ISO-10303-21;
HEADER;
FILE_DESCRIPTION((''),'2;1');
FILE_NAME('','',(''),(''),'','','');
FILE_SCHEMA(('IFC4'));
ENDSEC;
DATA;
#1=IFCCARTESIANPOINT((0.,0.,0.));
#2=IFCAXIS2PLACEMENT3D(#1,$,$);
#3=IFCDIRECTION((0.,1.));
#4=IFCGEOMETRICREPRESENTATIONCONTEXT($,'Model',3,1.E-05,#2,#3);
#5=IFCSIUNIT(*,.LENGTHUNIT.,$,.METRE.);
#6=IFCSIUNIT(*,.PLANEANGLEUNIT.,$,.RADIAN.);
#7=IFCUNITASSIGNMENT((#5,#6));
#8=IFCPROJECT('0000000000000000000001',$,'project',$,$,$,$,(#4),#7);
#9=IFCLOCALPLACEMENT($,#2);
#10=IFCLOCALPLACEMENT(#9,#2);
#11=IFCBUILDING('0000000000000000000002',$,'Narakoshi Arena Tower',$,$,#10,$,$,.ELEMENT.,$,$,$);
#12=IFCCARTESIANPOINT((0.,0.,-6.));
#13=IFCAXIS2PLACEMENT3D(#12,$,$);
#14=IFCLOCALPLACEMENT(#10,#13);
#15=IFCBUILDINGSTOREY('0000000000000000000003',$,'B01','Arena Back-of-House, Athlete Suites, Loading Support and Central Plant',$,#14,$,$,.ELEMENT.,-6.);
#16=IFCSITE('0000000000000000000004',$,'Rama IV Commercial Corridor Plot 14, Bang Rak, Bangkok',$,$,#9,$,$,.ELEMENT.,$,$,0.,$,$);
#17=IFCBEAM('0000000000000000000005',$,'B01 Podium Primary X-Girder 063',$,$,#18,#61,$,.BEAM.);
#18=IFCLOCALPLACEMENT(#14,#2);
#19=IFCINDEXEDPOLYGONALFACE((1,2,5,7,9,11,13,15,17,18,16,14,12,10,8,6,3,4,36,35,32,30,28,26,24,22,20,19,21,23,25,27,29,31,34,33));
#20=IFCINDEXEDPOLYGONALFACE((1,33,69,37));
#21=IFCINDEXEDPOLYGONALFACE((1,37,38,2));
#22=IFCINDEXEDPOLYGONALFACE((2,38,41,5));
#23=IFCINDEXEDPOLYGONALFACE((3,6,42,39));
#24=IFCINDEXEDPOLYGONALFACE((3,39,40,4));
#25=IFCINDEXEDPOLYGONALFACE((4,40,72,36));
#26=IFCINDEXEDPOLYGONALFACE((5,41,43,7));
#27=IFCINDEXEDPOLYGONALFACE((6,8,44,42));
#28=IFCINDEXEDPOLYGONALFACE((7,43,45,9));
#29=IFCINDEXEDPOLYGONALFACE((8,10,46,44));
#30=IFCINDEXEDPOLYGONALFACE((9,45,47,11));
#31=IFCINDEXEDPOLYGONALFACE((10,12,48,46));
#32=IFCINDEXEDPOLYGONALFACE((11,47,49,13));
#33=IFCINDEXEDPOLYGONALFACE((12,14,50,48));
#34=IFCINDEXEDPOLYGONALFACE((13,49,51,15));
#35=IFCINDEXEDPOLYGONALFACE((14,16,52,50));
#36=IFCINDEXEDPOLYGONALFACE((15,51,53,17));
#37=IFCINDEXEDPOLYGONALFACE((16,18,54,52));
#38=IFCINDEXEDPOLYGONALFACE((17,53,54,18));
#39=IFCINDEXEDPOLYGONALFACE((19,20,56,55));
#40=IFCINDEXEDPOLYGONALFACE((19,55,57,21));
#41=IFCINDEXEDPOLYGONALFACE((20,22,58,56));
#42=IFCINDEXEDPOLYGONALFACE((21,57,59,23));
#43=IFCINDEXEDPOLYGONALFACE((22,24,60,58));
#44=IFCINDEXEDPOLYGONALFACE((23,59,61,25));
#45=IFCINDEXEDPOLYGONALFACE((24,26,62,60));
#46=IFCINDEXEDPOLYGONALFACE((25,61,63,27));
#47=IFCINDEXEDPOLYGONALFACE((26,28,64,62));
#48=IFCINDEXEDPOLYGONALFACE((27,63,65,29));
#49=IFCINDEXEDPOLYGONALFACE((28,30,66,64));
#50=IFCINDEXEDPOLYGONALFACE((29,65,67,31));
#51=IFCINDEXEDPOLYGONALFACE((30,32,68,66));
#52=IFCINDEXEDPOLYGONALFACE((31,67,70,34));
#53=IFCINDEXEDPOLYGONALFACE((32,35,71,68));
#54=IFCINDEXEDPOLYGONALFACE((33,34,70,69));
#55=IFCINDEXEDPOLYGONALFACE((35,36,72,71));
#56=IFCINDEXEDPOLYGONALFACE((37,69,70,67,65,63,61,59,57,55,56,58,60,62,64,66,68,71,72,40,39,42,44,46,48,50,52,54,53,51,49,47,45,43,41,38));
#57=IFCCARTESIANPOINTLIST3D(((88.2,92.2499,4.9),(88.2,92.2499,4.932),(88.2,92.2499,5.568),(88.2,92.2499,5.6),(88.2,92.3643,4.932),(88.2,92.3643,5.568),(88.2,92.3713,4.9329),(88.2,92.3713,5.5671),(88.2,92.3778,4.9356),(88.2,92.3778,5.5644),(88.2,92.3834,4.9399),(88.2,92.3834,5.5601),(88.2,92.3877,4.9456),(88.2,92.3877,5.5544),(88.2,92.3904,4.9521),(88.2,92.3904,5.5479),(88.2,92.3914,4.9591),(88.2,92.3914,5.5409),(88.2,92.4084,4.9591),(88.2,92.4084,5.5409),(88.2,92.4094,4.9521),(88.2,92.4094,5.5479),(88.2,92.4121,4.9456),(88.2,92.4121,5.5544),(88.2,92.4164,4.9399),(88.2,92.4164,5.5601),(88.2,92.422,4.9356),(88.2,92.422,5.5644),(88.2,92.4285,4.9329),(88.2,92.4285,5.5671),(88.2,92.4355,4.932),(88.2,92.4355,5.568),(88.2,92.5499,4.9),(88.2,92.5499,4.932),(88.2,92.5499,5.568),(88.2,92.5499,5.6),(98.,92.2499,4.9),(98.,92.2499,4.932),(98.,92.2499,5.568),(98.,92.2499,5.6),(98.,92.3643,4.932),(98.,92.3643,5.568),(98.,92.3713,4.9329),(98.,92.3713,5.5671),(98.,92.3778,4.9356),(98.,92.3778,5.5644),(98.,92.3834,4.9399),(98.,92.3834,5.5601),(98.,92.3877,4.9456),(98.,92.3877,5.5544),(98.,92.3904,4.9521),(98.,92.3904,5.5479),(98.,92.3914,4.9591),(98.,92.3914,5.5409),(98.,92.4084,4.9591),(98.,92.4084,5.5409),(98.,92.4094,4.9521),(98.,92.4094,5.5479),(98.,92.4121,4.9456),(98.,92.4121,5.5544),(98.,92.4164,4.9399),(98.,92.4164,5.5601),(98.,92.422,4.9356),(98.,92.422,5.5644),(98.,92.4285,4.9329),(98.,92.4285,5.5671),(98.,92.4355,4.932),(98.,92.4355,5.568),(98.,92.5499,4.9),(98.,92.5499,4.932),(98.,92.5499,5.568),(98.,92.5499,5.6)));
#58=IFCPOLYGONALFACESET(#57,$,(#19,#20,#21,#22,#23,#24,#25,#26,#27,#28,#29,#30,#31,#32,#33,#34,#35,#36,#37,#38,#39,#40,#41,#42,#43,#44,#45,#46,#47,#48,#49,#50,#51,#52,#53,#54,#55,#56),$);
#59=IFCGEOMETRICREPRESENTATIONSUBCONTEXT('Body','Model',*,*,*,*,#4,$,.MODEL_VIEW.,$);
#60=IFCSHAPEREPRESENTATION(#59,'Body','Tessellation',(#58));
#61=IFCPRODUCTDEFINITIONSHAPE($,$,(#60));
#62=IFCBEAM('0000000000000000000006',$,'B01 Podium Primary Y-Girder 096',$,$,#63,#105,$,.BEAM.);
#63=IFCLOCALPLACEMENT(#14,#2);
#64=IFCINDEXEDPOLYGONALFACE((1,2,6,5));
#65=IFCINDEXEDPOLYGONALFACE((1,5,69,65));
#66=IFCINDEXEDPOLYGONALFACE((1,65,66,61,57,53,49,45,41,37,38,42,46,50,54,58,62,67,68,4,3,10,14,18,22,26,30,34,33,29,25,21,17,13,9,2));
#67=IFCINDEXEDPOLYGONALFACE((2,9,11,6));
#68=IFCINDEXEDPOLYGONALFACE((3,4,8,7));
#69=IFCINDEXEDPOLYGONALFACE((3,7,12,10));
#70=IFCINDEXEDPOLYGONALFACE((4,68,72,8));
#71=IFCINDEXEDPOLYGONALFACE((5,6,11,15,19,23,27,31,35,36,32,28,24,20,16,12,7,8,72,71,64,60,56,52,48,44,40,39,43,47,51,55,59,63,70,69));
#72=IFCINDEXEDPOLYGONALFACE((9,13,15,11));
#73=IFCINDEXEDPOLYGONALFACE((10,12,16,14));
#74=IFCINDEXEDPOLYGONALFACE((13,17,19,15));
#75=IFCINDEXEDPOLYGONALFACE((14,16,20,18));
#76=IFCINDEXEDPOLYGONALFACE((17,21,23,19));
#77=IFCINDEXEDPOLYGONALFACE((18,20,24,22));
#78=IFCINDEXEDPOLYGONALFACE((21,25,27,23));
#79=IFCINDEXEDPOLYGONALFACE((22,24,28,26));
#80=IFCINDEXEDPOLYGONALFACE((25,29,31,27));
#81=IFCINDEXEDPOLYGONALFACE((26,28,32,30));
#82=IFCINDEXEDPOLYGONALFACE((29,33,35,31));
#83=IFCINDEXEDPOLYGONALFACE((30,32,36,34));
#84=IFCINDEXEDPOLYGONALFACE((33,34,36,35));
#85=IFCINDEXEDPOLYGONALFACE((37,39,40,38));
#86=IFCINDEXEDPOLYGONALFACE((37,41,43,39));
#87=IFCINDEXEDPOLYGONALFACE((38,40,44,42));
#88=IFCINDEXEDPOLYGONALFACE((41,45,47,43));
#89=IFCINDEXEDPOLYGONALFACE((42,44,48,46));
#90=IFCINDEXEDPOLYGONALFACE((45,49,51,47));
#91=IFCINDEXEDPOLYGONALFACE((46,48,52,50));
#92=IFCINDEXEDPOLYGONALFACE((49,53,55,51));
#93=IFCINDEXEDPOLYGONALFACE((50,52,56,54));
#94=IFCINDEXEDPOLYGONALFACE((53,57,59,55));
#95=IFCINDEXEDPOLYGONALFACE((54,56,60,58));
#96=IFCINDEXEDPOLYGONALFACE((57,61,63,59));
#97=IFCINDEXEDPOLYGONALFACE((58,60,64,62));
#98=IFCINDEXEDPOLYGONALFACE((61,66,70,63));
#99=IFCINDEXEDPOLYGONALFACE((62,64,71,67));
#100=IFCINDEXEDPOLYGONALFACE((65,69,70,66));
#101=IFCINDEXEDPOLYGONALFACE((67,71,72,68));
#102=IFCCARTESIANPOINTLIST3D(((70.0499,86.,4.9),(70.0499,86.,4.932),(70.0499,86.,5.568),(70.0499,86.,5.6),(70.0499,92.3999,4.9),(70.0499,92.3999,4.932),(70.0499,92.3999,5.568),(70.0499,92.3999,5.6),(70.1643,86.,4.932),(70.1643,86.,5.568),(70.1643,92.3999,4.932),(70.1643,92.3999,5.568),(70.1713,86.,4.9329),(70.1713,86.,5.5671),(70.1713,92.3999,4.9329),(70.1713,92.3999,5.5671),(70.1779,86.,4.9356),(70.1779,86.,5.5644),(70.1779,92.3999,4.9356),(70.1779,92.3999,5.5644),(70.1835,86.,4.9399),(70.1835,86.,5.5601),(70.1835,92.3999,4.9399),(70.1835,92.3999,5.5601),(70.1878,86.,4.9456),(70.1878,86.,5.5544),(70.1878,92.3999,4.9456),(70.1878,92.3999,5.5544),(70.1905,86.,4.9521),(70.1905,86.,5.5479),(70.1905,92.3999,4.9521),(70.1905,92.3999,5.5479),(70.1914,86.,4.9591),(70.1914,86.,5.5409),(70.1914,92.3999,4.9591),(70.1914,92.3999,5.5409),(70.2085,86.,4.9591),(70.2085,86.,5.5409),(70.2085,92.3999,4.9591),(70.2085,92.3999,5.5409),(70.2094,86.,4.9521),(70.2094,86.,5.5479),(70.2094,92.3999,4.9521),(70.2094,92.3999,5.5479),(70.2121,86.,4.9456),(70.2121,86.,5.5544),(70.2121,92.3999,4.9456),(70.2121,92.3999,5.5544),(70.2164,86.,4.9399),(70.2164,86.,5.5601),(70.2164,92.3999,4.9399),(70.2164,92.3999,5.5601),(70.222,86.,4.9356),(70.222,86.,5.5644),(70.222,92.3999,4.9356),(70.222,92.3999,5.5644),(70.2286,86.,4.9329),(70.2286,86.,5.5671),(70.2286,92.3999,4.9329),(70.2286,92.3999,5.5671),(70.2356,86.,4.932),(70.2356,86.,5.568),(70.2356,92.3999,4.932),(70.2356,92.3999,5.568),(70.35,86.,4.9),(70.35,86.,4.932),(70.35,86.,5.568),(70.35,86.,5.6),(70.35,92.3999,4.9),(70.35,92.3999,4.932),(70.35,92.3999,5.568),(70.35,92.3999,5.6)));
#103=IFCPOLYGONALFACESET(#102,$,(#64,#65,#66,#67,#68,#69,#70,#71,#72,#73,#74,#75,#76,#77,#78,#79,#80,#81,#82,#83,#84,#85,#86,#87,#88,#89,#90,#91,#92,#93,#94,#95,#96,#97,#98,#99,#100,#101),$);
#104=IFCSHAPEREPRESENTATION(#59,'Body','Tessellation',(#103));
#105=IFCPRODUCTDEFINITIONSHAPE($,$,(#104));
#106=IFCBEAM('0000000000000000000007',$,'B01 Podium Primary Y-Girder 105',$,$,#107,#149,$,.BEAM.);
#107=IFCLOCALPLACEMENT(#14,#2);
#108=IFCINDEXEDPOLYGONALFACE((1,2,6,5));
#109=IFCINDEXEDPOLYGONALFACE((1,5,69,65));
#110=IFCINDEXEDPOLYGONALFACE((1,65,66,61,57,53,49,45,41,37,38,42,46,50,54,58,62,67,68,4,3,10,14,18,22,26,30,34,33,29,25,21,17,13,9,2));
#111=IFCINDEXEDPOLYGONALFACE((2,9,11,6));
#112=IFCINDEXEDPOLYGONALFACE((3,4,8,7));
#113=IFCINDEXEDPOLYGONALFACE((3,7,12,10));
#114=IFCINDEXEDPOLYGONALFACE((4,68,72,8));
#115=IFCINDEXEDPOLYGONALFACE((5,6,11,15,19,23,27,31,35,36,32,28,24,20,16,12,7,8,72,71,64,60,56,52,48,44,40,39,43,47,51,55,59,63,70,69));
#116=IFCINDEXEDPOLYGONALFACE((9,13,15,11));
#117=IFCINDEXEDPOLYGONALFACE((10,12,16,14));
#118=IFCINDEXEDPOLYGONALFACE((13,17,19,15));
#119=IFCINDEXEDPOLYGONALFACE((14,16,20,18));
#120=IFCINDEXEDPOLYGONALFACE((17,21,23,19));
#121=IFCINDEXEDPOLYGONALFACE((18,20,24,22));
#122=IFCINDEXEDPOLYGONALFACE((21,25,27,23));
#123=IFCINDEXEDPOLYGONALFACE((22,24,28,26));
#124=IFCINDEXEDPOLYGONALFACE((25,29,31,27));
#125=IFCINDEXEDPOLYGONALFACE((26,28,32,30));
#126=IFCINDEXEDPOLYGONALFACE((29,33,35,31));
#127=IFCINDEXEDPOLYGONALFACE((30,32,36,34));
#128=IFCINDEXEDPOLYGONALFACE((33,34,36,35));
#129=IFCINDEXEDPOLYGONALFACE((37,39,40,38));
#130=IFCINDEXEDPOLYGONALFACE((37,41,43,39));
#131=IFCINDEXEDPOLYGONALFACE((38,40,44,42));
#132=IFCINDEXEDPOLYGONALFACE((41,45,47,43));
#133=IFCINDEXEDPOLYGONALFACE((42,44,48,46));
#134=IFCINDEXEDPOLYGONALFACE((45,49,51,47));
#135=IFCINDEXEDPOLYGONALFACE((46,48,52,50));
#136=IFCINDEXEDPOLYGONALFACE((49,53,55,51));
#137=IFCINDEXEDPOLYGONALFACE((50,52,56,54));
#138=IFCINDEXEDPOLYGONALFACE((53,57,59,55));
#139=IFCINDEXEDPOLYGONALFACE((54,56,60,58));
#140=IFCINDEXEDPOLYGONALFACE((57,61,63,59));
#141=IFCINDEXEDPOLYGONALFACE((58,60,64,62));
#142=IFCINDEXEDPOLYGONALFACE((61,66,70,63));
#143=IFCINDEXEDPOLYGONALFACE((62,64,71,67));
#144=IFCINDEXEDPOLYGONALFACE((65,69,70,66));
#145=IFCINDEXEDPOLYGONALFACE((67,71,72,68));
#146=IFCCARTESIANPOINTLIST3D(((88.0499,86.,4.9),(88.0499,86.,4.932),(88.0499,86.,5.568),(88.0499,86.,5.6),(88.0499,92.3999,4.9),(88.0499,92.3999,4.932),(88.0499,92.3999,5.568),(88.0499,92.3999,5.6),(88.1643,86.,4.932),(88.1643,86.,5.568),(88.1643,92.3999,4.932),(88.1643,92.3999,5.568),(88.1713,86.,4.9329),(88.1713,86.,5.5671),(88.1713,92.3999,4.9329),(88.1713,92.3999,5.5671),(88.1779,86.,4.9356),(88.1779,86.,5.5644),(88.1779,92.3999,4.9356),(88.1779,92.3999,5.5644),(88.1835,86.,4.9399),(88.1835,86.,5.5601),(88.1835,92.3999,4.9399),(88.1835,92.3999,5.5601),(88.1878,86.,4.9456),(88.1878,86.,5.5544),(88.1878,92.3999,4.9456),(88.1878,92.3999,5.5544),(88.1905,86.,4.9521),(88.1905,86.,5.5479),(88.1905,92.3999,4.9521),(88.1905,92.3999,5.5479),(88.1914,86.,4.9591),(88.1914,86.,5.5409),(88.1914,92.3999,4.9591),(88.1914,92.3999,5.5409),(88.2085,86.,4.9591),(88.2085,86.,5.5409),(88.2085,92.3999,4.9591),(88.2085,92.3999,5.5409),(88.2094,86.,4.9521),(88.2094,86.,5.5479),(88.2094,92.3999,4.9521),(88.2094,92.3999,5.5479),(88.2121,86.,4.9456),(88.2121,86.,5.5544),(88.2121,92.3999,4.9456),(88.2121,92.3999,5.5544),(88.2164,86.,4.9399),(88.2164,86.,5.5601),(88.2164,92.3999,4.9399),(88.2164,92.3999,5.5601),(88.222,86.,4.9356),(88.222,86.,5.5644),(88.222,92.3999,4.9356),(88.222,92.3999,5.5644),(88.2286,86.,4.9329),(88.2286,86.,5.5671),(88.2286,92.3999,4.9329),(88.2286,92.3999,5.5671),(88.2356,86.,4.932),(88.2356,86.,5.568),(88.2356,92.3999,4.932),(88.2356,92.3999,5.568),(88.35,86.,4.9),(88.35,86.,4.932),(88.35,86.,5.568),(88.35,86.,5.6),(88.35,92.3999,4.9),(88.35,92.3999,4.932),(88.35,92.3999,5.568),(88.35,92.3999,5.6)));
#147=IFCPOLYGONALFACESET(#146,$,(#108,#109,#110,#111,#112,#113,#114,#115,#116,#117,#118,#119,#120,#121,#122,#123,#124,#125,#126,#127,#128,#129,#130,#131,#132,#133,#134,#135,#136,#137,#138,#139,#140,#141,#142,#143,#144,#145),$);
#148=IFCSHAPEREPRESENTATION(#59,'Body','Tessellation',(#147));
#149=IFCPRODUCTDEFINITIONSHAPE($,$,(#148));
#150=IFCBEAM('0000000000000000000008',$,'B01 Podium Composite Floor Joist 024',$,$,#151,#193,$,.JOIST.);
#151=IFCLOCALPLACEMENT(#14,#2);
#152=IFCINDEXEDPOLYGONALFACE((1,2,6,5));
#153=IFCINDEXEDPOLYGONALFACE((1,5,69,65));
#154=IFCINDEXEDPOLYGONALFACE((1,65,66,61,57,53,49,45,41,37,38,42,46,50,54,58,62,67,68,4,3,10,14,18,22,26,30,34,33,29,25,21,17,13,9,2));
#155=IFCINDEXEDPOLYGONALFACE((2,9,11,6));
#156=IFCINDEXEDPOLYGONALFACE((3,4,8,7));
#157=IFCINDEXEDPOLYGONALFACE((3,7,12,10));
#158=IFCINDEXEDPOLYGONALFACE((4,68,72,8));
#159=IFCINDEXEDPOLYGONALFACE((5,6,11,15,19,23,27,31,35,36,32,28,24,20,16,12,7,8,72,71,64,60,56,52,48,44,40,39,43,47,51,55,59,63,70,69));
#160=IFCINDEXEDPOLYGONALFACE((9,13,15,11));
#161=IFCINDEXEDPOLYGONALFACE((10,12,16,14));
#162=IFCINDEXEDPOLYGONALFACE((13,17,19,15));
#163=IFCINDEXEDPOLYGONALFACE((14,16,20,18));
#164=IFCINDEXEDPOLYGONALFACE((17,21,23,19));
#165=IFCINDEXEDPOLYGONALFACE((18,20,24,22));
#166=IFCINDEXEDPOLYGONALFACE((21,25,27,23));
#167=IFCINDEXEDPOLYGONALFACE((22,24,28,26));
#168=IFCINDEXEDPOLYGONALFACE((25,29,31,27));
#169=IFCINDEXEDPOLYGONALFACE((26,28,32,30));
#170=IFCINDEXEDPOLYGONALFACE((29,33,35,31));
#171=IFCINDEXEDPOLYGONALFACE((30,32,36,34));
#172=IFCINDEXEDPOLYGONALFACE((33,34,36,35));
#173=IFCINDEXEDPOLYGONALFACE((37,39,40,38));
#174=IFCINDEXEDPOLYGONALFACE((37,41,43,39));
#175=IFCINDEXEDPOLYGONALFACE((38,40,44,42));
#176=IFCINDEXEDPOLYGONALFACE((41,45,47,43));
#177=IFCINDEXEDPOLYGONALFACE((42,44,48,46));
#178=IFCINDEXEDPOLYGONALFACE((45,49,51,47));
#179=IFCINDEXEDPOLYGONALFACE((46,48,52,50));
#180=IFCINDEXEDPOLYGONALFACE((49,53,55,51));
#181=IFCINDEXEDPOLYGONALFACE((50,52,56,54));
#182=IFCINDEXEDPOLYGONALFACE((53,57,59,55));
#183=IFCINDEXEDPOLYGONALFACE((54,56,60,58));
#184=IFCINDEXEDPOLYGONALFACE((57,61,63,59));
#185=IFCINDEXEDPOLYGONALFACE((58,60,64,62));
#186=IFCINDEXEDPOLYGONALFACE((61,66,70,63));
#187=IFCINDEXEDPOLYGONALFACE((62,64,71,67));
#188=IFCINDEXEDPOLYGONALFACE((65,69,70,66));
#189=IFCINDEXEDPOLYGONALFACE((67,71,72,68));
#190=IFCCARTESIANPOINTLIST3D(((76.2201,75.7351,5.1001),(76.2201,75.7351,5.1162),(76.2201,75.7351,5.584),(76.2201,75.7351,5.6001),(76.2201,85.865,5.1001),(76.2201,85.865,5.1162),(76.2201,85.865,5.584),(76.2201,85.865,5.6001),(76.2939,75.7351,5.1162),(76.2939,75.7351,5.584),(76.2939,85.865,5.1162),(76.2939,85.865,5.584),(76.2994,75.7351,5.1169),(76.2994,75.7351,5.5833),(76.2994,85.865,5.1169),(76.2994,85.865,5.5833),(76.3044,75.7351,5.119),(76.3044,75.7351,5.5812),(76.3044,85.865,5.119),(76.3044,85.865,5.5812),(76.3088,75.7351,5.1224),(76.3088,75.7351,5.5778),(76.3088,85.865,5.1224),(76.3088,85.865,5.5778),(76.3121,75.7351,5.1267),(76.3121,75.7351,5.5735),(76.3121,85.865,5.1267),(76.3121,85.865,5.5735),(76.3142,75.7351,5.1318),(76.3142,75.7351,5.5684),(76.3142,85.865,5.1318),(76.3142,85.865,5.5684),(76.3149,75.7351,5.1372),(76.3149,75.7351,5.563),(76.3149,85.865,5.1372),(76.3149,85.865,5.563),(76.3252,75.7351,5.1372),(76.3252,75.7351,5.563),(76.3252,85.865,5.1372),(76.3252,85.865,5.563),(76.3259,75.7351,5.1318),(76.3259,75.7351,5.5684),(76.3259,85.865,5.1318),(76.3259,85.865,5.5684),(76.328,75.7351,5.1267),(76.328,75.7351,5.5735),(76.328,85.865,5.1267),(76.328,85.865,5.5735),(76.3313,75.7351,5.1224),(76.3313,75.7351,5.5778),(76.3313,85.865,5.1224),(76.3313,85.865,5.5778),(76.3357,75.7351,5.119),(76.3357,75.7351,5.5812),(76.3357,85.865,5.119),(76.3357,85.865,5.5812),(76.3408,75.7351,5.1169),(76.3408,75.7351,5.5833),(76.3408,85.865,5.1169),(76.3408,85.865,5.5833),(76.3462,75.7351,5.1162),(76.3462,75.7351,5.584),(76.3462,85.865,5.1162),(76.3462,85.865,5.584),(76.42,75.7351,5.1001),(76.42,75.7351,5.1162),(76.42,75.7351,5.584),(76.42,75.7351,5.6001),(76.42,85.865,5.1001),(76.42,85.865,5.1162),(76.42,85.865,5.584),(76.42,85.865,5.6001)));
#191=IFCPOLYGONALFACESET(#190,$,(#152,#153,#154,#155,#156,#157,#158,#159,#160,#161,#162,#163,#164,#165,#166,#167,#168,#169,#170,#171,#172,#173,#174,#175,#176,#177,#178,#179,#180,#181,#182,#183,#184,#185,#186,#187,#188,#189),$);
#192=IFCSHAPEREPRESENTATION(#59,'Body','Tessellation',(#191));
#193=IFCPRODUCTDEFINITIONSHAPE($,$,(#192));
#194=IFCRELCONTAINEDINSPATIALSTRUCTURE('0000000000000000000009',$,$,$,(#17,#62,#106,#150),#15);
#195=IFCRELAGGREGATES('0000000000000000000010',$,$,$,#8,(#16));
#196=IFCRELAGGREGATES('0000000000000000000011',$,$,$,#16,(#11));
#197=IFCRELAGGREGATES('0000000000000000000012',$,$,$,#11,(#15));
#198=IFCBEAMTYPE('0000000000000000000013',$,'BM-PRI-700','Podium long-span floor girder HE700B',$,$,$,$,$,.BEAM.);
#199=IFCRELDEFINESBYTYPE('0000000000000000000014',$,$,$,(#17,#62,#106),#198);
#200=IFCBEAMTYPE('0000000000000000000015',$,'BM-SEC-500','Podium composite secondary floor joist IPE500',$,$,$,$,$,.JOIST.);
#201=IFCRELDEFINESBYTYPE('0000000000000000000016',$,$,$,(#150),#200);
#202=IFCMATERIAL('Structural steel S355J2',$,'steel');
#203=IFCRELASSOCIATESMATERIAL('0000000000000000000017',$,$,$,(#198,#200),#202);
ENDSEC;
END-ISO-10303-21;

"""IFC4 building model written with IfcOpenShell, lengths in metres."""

from ifc_helpers import new_model, si_unit, direction, frame, origin, origin_2d, place, context, subcontext, project, spatial, i_section, extrude, material, material_profile, profile_set, type_object, element, save


model = new_model("IFC4")

# Units and contexts
model_context = context("Model", 3, precision=1e-05, world=origin(), true_north=direction((0.0, 1.0)))
body_context = subcontext(model_context, "Body", "Model", "MODEL_VIEW")
ifc_project = project(units=[si_unit("LENGTHUNIT", "METRE"), si_unit("PLANEANGLEUNIT", "RADIAN")], contexts=[model_context])

# Site, building, storey
site_placement = place(None, origin())
site = spatial("IfcSite", under=ifc_project, at=site_placement, Name="Rama IV Commercial Corridor Plot 14, Bang Rak, Bangkok", CompositionType="ELEMENT", RefElevation=0.0)
building_placement = place(site_placement, origin())
building = spatial("IfcBuilding", under=site, at=building_placement, Name="Narakoshi Arena Tower", CompositionType="ELEMENT")
storey_placement = place(building_placement, frame((0.0, 0.0, -6.0)))
storey = spatial("IfcBuildingStorey", under=building, at=storey_placement, Name="B01", Description="Arena Back-of-House, Athlete Suites, Loading Support and Central Plant", CompositionType="ELEMENT", Elevation=-6.0)

# Shared definitions
ifc_material_1 = material(Name="Structural steel S355J2", Category="steel")

# Beams
ifc_material_profile_1 = material_profile(ifc_material_1, i_section(OverallWidth=0.3, OverallDepth=0.7, WebThickness=0.0171, FlangeThickness=0.032, FilletRadius=0.0271, at=origin_2d()), Name="HE700B")
ifc_profile_set_1 = profile_set([ifc_material_profile_1], Name="Structural steel S355J2")
beam_type_1 = type_object("IfcBeamType", Name="BM-PRI-700", Description="Podium long-span floor girder HE700B", PredefinedType="BEAM", material=ifc_profile_set_1)
beam_1_placement = place(storey_placement, frame((88.2, 92.3999, 5.25), z_axis=(1.0, 0.0, 0.0), x_axis=(0.0, 1.0, 0.0)))
element("IfcBeam", 1, at=beam_1_placement, inside=storey, type_object=beam_type_1, Name="B01 Podium Primary X-Girder 063", PredefinedType="BEAM", context=body_context, shape_type="SweptSolid", body=[
    extrude(i_section(OverallWidth=0.3, OverallDepth=0.7, WebThickness=0.0171, FlangeThickness=0.032, FilletRadius=0.0271, at=origin_2d()), origin(), (0.0, 0.0, 1.0), 9.8),
])
for number, where, z_axis, x_axis, name in (
    (2, (70.2, 86.0, 5.25), (0.0, 1.0, 0.0), (-1.0, 0.0, 0.0), "B01 Podium Primary Y-Girder 096"),
    (3, (88.2, 86.0, 5.25), (0.0, 1.0, 0.0), (-1.0, 0.0, 0.0), "B01 Podium Primary Y-Girder 105"),
):
    element("IfcBeam", number, at=place(storey_placement, frame(where, z_axis=z_axis, x_axis=x_axis)), inside=storey, type_object=beam_type_1, Name=name, PredefinedType="BEAM", context=body_context, shape_type="SweptSolid", body=[
        extrude(i_section(OverallWidth=0.3, OverallDepth=0.7, WebThickness=0.0171, FlangeThickness=0.032, FilletRadius=0.0271, at=origin_2d()), origin(), (0.0, 0.0, 1.0), 6.3999),
    ])
ifc_material_profile_2 = material_profile(ifc_material_1, i_section(OverallWidth=0.2, OverallDepth=0.5, WebThickness=0.0103, FlangeThickness=0.0161, FilletRadius=0.021, at=origin_2d()), Name="IPE500")
ifc_profile_set_2 = profile_set([ifc_material_profile_2], Name="Structural steel S355J2")
beam_type_2 = type_object("IfcBeamType", Name="BM-SEC-500", Description="Podium composite secondary floor joist IPE500", PredefinedType="JOIST", material=ifc_profile_set_2)
beam_2_placement = place(storey_placement, frame((76.3201, 75.7351, 5.3501), z_axis=(0.0, 1.0, 0.0), x_axis=(-1.0, 0.0, 0.0)))
element("IfcBeam", 4, at=beam_2_placement, inside=storey, type_object=beam_type_2, Name="B01 Podium Composite Floor Joist 024", PredefinedType="JOIST", context=body_context, shape_type="SweptSolid", body=[
    extrude(i_section(OverallWidth=0.2, OverallDepth=0.5, WebThickness=0.0103, FlangeThickness=0.0161, FilletRadius=0.021, at=origin_2d()), origin(), (0.0, 0.0, 1.0), 10.1299),
])

save(model, "model.ifc")
